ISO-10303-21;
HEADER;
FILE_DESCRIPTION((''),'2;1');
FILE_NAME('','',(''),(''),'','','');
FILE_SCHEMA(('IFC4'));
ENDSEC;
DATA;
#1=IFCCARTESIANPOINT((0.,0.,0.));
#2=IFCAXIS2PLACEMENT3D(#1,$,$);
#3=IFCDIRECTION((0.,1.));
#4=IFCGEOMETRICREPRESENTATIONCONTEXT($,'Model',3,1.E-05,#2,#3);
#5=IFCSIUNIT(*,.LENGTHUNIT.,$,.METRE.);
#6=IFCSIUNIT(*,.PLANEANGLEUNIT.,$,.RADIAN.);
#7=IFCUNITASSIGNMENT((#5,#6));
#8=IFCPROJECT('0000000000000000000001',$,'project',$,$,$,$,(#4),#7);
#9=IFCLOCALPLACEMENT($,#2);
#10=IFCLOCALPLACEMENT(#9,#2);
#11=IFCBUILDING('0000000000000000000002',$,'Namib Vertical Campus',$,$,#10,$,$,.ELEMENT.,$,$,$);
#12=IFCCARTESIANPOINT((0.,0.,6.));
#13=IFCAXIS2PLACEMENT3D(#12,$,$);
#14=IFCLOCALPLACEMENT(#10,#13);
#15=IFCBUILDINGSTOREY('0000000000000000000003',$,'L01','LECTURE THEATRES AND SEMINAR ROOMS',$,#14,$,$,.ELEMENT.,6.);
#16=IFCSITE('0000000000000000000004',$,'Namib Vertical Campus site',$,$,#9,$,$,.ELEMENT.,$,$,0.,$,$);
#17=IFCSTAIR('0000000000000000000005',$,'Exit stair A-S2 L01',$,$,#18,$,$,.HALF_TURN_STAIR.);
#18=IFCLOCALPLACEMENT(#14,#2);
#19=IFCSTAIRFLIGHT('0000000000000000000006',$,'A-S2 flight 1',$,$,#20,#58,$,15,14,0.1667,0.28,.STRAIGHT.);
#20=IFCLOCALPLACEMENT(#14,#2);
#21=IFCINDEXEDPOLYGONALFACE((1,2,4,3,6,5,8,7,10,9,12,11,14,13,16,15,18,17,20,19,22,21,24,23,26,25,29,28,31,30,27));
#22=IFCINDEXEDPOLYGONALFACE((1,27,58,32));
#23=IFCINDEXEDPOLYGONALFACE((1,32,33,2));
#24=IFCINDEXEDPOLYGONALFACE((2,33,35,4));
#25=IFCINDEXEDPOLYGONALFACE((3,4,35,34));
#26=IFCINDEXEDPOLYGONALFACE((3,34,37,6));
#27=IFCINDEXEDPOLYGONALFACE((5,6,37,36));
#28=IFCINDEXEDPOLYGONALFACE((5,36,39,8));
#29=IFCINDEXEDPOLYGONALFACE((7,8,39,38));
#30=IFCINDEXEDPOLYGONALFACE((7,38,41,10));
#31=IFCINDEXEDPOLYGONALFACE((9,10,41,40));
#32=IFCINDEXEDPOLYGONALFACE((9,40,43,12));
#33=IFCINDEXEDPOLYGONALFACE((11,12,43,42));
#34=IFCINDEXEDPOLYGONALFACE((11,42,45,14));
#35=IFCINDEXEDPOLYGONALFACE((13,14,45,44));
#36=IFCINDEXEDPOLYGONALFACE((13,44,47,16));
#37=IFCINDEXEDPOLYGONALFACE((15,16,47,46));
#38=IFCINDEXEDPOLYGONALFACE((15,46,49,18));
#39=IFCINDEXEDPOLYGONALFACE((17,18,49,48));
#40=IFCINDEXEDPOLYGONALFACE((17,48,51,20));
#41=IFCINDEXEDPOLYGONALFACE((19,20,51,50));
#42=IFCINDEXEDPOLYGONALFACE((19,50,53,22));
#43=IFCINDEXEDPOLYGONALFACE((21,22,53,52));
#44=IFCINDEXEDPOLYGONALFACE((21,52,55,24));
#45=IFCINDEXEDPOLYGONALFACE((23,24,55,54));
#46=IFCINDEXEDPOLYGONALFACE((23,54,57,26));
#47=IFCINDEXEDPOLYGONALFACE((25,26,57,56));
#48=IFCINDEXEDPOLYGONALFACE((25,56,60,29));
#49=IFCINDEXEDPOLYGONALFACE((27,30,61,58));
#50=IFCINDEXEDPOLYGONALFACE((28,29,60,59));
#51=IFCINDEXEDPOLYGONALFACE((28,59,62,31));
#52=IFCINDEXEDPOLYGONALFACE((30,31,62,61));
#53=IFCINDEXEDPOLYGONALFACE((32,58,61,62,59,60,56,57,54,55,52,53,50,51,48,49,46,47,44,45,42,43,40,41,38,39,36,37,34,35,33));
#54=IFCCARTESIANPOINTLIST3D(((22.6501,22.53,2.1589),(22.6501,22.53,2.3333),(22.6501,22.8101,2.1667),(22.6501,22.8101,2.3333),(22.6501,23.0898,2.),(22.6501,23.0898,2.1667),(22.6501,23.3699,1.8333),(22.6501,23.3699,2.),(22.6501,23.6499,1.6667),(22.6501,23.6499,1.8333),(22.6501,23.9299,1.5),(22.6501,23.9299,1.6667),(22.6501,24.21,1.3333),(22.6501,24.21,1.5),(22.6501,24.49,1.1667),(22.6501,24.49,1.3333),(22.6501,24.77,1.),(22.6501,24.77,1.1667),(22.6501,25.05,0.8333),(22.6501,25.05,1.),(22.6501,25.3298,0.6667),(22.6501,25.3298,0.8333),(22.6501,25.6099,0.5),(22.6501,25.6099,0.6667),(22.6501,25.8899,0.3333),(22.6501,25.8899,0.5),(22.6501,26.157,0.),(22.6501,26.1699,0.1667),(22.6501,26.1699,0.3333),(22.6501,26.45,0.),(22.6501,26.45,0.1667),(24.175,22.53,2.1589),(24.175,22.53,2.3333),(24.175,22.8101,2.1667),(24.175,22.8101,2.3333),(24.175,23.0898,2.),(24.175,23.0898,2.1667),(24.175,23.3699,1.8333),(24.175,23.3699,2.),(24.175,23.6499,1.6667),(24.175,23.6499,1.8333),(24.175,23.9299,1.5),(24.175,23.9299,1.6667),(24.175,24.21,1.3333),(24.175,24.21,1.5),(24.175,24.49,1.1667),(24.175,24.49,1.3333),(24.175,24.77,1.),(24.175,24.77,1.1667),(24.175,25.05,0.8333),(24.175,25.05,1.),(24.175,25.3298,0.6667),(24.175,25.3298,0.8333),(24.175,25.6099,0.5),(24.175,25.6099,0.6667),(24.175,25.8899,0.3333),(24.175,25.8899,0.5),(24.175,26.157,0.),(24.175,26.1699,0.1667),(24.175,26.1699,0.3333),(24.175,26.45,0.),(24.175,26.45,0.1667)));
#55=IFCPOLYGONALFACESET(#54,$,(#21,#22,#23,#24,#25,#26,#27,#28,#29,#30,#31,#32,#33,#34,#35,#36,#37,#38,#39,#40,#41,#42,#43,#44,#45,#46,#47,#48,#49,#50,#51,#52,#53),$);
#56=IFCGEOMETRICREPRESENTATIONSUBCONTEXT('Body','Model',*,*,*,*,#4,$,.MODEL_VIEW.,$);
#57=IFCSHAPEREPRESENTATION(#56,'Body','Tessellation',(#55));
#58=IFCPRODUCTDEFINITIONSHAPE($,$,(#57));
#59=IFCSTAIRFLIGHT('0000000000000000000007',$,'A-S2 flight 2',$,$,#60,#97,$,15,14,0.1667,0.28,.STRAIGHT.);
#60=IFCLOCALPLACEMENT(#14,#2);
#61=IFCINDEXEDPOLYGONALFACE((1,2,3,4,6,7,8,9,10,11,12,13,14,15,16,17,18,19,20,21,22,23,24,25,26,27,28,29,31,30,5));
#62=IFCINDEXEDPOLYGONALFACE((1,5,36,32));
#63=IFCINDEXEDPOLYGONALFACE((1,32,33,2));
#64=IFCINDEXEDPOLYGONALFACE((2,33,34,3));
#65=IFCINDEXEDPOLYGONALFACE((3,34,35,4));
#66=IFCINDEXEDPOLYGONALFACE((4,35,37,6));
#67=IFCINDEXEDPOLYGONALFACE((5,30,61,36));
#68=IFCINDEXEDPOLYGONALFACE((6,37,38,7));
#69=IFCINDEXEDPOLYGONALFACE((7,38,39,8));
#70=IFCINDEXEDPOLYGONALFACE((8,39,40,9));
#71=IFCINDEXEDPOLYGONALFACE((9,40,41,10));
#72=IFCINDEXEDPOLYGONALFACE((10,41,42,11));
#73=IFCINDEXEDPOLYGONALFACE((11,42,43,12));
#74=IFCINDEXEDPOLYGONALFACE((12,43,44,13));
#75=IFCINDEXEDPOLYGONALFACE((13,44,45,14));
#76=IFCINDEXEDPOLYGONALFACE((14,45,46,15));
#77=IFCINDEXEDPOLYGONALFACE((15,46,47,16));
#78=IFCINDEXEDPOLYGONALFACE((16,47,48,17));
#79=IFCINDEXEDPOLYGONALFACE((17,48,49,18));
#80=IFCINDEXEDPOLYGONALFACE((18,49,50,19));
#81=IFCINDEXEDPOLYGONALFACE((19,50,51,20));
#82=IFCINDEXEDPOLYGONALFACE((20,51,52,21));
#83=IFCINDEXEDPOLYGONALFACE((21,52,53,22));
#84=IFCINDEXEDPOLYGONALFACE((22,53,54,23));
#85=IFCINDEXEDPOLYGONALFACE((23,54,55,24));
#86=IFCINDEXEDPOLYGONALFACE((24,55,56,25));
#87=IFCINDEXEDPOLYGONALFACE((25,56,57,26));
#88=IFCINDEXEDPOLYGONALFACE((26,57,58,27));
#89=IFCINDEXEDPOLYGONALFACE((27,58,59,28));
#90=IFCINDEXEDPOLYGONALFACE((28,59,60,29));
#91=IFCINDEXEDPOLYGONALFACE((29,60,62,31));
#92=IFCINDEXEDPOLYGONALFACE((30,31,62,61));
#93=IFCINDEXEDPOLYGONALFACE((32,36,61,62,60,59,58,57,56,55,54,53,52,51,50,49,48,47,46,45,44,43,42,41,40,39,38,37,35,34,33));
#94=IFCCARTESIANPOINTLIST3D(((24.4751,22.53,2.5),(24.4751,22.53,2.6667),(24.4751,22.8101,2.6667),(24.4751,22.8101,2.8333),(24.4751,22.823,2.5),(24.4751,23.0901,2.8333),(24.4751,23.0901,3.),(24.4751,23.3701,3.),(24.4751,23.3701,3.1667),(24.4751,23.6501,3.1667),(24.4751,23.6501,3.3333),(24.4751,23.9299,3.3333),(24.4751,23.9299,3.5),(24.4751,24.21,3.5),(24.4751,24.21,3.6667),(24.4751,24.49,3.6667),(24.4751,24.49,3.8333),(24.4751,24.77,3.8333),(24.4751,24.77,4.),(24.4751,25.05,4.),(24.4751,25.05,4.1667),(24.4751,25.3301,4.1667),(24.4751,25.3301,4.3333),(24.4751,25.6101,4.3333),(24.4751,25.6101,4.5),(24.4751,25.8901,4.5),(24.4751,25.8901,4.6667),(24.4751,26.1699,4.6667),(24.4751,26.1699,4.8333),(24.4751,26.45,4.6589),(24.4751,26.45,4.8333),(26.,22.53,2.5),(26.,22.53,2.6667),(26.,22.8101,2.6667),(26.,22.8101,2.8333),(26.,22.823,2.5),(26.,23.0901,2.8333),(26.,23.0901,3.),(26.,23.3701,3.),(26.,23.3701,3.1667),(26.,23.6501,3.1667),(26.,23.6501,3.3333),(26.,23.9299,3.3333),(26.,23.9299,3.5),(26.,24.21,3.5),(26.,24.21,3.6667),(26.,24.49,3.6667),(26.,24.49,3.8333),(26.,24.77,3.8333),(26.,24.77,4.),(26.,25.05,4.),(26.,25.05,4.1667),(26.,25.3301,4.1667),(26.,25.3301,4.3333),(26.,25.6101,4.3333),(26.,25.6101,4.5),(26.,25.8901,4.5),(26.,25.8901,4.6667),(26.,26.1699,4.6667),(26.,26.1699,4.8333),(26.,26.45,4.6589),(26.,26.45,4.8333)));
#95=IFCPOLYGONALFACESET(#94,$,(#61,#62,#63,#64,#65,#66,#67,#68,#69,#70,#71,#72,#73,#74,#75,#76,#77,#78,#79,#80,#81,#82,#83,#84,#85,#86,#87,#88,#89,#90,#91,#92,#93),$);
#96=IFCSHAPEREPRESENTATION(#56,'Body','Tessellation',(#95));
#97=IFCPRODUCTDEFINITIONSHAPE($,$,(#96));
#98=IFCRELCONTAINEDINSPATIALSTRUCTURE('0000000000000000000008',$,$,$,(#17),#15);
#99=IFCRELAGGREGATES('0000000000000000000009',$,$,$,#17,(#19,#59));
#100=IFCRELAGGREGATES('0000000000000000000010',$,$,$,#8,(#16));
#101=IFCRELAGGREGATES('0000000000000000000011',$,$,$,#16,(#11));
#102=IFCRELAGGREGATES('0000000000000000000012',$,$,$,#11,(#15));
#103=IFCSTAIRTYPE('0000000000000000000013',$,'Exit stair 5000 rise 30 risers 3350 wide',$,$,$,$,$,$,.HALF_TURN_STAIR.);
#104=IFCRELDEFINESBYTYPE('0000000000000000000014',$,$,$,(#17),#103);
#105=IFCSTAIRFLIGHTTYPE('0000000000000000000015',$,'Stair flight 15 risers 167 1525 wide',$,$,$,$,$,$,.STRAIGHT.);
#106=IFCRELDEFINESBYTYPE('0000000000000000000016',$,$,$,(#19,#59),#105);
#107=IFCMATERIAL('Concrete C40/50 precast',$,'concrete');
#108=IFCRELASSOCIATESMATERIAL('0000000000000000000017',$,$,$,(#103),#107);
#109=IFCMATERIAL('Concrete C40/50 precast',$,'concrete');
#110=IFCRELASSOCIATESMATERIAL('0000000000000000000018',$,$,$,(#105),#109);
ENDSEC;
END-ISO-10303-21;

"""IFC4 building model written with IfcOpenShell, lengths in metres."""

from ifc_helpers import new_model, si_unit, direction, frame, origin, place, context, subcontext, project, spatial, polyline, outline, extrude, material, type_object, element, aggregate, save


model = new_model("IFC4")

# Units and contexts
model_context = context("Model", 3, precision=1e-05, world=origin(), true_north=direction((0.0, 1.0)))
body_context = subcontext(model_context, "Body", "Model", "MODEL_VIEW")
ifc_project = project(units=[si_unit("LENGTHUNIT", "METRE"), si_unit("PLANEANGLEUNIT", "RADIAN")], contexts=[model_context])

# Site, building, storey
site_placement = place(None, origin())
site = spatial("IfcSite", under=ifc_project, at=site_placement, Name="Namib Vertical Campus site", CompositionType="ELEMENT", RefElevation=0.0)
building_placement = place(site_placement, origin())
building = spatial("IfcBuilding", under=site, at=building_placement, Name="Namib Vertical Campus", CompositionType="ELEMENT")
storey_placement = place(building_placement, frame((0.0, 0.0, 6.0)))
storey = spatial("IfcBuildingStorey", under=building, at=storey_placement, Name="L01", Description="LECTURE THEATRES AND SEMINAR ROOMS", CompositionType="ELEMENT", Elevation=6.0)

# Stair, stair flights
ifc_material_1 = material(Name="Concrete C40/50 precast", Category="concrete")
stair_type = type_object("IfcStairType", Name="Exit stair 5000 rise 30 risers 3350 wide", PredefinedType="HALF_TURN_STAIR", material=ifc_material_1)
stair_placement = place(storey_placement, origin())
stair = element("IfcStair", 1, at=stair_placement, inside=storey, type_object=stair_type, Name="Exit stair A-S2 L01", PredefinedType="HALF_TURN_STAIR")
ifc_material_2 = material(Name="Concrete C40/50 precast", Category="concrete")
stair_flight_type = type_object("IfcStairFlightType", Name="Stair flight 15 risers 167 1525 wide", PredefinedType="STRAIGHT", material=ifc_material_2)
stair_flight_1_placement = place(storey_placement, frame((23.4126, 26.45, 0.0), z_axis=(0.0, 0.0, 1.0), x_axis=(0.0, -1.0, 0.0)))
stair_flight_1 = element("IfcStairFlight", 2, at=stair_flight_1_placement, type_object=stair_flight_type, Name="A-S2 flight 1", NumberOfRisers=15, NumberOfTreads=14, PredefinedType="STRAIGHT", RiserHeight=0.1667, TreadLength=0.28, context=body_context, shape_type="SweptSolid", body=[
    extrude(outline(polyline([(0.0, 0.0), (0.0, 0.1667), (0.28, 0.1667), (0.28, 0.3333), (0.5601, 0.3333), (0.5601, 0.5), (0.8401, 0.5), (0.8401, 0.6667), (1.1201, 0.6667), (1.1201, 0.8333), (1.3999, 0.8333), (1.3999, 1.0), (1.6799, 1.0), (1.6799, 1.1667), (1.96, 1.1667), (1.96, 1.3333), (2.24, 1.3333), (2.24, 1.5), (2.52, 1.5), (2.52, 1.6667), (2.8, 1.6667), (2.8, 1.8333), (3.0801, 1.8333), (3.0801, 2.0), (3.3601, 2.0), (3.3601, 2.1667), (3.6399, 2.1667), (3.6399, 2.3333), (3.9199, 2.3333), (3.9199, 2.5), (3.9199, 2.1589), (0.293, 0.0), (0.0, 0.0)])), frame((0.0, 0.7625, 0.0), z_axis=(0.0, -1.0, 0.0), x_axis=(1.0, 0.0, 0.0)), (0.0, 0.0, 1.0), 1.5249),
])
stair_flight_2_placement = place(storey_placement, frame((25.2375, 22.53, 2.5), z_axis=(0.0, 0.0, 1.0), x_axis=(0.0, 1.0, 0.0)))
stair_flight_2 = element("IfcStairFlight", 3, at=stair_flight_2_placement, type_object=stair_flight_type, Name="A-S2 flight 2", NumberOfRisers=15, NumberOfTreads=14, PredefinedType="STRAIGHT", RiserHeight=0.1667, TreadLength=0.28, context=body_context, shape_type="SweptSolid", body=[
    extrude(outline(polyline([(0.0, 0.0), (0.0, 0.1667), (0.28, 0.1667), (0.28, 0.3333), (0.5601, 0.3333), (0.5601, 0.5), (0.8401, 0.5), (0.8401, 0.6667), (1.1201, 0.6667), (1.1201, 0.8333), (1.3999, 0.8333), (1.3999, 1.0), (1.6799, 1.0), (1.6799, 1.1667), (1.96, 1.1667), (1.96, 1.3333), (2.24, 1.3333), (2.24, 1.5), (2.52, 1.5), (2.52, 1.6667), (2.8, 1.6667), (2.8, 1.8333), (3.0801, 1.8333), (3.0801, 2.0), (3.3601, 2.0), (3.3601, 2.1667), (3.6399, 2.1667), (3.6399, 2.3333), (3.9199, 2.3333), (3.9199, 2.5), (3.9199, 2.1589), (0.293, 0.0), (0.0, 0.0)])), frame((0.0, 0.7625, 0.0), z_axis=(0.0, -1.0, 0.0), x_axis=(1.0, 0.0, 0.0)), (0.0, 0.0, 1.0), 1.5249),
])
aggregate(stair, [stair_flight_1, stair_flight_2])

save(model, "model.ifc")
